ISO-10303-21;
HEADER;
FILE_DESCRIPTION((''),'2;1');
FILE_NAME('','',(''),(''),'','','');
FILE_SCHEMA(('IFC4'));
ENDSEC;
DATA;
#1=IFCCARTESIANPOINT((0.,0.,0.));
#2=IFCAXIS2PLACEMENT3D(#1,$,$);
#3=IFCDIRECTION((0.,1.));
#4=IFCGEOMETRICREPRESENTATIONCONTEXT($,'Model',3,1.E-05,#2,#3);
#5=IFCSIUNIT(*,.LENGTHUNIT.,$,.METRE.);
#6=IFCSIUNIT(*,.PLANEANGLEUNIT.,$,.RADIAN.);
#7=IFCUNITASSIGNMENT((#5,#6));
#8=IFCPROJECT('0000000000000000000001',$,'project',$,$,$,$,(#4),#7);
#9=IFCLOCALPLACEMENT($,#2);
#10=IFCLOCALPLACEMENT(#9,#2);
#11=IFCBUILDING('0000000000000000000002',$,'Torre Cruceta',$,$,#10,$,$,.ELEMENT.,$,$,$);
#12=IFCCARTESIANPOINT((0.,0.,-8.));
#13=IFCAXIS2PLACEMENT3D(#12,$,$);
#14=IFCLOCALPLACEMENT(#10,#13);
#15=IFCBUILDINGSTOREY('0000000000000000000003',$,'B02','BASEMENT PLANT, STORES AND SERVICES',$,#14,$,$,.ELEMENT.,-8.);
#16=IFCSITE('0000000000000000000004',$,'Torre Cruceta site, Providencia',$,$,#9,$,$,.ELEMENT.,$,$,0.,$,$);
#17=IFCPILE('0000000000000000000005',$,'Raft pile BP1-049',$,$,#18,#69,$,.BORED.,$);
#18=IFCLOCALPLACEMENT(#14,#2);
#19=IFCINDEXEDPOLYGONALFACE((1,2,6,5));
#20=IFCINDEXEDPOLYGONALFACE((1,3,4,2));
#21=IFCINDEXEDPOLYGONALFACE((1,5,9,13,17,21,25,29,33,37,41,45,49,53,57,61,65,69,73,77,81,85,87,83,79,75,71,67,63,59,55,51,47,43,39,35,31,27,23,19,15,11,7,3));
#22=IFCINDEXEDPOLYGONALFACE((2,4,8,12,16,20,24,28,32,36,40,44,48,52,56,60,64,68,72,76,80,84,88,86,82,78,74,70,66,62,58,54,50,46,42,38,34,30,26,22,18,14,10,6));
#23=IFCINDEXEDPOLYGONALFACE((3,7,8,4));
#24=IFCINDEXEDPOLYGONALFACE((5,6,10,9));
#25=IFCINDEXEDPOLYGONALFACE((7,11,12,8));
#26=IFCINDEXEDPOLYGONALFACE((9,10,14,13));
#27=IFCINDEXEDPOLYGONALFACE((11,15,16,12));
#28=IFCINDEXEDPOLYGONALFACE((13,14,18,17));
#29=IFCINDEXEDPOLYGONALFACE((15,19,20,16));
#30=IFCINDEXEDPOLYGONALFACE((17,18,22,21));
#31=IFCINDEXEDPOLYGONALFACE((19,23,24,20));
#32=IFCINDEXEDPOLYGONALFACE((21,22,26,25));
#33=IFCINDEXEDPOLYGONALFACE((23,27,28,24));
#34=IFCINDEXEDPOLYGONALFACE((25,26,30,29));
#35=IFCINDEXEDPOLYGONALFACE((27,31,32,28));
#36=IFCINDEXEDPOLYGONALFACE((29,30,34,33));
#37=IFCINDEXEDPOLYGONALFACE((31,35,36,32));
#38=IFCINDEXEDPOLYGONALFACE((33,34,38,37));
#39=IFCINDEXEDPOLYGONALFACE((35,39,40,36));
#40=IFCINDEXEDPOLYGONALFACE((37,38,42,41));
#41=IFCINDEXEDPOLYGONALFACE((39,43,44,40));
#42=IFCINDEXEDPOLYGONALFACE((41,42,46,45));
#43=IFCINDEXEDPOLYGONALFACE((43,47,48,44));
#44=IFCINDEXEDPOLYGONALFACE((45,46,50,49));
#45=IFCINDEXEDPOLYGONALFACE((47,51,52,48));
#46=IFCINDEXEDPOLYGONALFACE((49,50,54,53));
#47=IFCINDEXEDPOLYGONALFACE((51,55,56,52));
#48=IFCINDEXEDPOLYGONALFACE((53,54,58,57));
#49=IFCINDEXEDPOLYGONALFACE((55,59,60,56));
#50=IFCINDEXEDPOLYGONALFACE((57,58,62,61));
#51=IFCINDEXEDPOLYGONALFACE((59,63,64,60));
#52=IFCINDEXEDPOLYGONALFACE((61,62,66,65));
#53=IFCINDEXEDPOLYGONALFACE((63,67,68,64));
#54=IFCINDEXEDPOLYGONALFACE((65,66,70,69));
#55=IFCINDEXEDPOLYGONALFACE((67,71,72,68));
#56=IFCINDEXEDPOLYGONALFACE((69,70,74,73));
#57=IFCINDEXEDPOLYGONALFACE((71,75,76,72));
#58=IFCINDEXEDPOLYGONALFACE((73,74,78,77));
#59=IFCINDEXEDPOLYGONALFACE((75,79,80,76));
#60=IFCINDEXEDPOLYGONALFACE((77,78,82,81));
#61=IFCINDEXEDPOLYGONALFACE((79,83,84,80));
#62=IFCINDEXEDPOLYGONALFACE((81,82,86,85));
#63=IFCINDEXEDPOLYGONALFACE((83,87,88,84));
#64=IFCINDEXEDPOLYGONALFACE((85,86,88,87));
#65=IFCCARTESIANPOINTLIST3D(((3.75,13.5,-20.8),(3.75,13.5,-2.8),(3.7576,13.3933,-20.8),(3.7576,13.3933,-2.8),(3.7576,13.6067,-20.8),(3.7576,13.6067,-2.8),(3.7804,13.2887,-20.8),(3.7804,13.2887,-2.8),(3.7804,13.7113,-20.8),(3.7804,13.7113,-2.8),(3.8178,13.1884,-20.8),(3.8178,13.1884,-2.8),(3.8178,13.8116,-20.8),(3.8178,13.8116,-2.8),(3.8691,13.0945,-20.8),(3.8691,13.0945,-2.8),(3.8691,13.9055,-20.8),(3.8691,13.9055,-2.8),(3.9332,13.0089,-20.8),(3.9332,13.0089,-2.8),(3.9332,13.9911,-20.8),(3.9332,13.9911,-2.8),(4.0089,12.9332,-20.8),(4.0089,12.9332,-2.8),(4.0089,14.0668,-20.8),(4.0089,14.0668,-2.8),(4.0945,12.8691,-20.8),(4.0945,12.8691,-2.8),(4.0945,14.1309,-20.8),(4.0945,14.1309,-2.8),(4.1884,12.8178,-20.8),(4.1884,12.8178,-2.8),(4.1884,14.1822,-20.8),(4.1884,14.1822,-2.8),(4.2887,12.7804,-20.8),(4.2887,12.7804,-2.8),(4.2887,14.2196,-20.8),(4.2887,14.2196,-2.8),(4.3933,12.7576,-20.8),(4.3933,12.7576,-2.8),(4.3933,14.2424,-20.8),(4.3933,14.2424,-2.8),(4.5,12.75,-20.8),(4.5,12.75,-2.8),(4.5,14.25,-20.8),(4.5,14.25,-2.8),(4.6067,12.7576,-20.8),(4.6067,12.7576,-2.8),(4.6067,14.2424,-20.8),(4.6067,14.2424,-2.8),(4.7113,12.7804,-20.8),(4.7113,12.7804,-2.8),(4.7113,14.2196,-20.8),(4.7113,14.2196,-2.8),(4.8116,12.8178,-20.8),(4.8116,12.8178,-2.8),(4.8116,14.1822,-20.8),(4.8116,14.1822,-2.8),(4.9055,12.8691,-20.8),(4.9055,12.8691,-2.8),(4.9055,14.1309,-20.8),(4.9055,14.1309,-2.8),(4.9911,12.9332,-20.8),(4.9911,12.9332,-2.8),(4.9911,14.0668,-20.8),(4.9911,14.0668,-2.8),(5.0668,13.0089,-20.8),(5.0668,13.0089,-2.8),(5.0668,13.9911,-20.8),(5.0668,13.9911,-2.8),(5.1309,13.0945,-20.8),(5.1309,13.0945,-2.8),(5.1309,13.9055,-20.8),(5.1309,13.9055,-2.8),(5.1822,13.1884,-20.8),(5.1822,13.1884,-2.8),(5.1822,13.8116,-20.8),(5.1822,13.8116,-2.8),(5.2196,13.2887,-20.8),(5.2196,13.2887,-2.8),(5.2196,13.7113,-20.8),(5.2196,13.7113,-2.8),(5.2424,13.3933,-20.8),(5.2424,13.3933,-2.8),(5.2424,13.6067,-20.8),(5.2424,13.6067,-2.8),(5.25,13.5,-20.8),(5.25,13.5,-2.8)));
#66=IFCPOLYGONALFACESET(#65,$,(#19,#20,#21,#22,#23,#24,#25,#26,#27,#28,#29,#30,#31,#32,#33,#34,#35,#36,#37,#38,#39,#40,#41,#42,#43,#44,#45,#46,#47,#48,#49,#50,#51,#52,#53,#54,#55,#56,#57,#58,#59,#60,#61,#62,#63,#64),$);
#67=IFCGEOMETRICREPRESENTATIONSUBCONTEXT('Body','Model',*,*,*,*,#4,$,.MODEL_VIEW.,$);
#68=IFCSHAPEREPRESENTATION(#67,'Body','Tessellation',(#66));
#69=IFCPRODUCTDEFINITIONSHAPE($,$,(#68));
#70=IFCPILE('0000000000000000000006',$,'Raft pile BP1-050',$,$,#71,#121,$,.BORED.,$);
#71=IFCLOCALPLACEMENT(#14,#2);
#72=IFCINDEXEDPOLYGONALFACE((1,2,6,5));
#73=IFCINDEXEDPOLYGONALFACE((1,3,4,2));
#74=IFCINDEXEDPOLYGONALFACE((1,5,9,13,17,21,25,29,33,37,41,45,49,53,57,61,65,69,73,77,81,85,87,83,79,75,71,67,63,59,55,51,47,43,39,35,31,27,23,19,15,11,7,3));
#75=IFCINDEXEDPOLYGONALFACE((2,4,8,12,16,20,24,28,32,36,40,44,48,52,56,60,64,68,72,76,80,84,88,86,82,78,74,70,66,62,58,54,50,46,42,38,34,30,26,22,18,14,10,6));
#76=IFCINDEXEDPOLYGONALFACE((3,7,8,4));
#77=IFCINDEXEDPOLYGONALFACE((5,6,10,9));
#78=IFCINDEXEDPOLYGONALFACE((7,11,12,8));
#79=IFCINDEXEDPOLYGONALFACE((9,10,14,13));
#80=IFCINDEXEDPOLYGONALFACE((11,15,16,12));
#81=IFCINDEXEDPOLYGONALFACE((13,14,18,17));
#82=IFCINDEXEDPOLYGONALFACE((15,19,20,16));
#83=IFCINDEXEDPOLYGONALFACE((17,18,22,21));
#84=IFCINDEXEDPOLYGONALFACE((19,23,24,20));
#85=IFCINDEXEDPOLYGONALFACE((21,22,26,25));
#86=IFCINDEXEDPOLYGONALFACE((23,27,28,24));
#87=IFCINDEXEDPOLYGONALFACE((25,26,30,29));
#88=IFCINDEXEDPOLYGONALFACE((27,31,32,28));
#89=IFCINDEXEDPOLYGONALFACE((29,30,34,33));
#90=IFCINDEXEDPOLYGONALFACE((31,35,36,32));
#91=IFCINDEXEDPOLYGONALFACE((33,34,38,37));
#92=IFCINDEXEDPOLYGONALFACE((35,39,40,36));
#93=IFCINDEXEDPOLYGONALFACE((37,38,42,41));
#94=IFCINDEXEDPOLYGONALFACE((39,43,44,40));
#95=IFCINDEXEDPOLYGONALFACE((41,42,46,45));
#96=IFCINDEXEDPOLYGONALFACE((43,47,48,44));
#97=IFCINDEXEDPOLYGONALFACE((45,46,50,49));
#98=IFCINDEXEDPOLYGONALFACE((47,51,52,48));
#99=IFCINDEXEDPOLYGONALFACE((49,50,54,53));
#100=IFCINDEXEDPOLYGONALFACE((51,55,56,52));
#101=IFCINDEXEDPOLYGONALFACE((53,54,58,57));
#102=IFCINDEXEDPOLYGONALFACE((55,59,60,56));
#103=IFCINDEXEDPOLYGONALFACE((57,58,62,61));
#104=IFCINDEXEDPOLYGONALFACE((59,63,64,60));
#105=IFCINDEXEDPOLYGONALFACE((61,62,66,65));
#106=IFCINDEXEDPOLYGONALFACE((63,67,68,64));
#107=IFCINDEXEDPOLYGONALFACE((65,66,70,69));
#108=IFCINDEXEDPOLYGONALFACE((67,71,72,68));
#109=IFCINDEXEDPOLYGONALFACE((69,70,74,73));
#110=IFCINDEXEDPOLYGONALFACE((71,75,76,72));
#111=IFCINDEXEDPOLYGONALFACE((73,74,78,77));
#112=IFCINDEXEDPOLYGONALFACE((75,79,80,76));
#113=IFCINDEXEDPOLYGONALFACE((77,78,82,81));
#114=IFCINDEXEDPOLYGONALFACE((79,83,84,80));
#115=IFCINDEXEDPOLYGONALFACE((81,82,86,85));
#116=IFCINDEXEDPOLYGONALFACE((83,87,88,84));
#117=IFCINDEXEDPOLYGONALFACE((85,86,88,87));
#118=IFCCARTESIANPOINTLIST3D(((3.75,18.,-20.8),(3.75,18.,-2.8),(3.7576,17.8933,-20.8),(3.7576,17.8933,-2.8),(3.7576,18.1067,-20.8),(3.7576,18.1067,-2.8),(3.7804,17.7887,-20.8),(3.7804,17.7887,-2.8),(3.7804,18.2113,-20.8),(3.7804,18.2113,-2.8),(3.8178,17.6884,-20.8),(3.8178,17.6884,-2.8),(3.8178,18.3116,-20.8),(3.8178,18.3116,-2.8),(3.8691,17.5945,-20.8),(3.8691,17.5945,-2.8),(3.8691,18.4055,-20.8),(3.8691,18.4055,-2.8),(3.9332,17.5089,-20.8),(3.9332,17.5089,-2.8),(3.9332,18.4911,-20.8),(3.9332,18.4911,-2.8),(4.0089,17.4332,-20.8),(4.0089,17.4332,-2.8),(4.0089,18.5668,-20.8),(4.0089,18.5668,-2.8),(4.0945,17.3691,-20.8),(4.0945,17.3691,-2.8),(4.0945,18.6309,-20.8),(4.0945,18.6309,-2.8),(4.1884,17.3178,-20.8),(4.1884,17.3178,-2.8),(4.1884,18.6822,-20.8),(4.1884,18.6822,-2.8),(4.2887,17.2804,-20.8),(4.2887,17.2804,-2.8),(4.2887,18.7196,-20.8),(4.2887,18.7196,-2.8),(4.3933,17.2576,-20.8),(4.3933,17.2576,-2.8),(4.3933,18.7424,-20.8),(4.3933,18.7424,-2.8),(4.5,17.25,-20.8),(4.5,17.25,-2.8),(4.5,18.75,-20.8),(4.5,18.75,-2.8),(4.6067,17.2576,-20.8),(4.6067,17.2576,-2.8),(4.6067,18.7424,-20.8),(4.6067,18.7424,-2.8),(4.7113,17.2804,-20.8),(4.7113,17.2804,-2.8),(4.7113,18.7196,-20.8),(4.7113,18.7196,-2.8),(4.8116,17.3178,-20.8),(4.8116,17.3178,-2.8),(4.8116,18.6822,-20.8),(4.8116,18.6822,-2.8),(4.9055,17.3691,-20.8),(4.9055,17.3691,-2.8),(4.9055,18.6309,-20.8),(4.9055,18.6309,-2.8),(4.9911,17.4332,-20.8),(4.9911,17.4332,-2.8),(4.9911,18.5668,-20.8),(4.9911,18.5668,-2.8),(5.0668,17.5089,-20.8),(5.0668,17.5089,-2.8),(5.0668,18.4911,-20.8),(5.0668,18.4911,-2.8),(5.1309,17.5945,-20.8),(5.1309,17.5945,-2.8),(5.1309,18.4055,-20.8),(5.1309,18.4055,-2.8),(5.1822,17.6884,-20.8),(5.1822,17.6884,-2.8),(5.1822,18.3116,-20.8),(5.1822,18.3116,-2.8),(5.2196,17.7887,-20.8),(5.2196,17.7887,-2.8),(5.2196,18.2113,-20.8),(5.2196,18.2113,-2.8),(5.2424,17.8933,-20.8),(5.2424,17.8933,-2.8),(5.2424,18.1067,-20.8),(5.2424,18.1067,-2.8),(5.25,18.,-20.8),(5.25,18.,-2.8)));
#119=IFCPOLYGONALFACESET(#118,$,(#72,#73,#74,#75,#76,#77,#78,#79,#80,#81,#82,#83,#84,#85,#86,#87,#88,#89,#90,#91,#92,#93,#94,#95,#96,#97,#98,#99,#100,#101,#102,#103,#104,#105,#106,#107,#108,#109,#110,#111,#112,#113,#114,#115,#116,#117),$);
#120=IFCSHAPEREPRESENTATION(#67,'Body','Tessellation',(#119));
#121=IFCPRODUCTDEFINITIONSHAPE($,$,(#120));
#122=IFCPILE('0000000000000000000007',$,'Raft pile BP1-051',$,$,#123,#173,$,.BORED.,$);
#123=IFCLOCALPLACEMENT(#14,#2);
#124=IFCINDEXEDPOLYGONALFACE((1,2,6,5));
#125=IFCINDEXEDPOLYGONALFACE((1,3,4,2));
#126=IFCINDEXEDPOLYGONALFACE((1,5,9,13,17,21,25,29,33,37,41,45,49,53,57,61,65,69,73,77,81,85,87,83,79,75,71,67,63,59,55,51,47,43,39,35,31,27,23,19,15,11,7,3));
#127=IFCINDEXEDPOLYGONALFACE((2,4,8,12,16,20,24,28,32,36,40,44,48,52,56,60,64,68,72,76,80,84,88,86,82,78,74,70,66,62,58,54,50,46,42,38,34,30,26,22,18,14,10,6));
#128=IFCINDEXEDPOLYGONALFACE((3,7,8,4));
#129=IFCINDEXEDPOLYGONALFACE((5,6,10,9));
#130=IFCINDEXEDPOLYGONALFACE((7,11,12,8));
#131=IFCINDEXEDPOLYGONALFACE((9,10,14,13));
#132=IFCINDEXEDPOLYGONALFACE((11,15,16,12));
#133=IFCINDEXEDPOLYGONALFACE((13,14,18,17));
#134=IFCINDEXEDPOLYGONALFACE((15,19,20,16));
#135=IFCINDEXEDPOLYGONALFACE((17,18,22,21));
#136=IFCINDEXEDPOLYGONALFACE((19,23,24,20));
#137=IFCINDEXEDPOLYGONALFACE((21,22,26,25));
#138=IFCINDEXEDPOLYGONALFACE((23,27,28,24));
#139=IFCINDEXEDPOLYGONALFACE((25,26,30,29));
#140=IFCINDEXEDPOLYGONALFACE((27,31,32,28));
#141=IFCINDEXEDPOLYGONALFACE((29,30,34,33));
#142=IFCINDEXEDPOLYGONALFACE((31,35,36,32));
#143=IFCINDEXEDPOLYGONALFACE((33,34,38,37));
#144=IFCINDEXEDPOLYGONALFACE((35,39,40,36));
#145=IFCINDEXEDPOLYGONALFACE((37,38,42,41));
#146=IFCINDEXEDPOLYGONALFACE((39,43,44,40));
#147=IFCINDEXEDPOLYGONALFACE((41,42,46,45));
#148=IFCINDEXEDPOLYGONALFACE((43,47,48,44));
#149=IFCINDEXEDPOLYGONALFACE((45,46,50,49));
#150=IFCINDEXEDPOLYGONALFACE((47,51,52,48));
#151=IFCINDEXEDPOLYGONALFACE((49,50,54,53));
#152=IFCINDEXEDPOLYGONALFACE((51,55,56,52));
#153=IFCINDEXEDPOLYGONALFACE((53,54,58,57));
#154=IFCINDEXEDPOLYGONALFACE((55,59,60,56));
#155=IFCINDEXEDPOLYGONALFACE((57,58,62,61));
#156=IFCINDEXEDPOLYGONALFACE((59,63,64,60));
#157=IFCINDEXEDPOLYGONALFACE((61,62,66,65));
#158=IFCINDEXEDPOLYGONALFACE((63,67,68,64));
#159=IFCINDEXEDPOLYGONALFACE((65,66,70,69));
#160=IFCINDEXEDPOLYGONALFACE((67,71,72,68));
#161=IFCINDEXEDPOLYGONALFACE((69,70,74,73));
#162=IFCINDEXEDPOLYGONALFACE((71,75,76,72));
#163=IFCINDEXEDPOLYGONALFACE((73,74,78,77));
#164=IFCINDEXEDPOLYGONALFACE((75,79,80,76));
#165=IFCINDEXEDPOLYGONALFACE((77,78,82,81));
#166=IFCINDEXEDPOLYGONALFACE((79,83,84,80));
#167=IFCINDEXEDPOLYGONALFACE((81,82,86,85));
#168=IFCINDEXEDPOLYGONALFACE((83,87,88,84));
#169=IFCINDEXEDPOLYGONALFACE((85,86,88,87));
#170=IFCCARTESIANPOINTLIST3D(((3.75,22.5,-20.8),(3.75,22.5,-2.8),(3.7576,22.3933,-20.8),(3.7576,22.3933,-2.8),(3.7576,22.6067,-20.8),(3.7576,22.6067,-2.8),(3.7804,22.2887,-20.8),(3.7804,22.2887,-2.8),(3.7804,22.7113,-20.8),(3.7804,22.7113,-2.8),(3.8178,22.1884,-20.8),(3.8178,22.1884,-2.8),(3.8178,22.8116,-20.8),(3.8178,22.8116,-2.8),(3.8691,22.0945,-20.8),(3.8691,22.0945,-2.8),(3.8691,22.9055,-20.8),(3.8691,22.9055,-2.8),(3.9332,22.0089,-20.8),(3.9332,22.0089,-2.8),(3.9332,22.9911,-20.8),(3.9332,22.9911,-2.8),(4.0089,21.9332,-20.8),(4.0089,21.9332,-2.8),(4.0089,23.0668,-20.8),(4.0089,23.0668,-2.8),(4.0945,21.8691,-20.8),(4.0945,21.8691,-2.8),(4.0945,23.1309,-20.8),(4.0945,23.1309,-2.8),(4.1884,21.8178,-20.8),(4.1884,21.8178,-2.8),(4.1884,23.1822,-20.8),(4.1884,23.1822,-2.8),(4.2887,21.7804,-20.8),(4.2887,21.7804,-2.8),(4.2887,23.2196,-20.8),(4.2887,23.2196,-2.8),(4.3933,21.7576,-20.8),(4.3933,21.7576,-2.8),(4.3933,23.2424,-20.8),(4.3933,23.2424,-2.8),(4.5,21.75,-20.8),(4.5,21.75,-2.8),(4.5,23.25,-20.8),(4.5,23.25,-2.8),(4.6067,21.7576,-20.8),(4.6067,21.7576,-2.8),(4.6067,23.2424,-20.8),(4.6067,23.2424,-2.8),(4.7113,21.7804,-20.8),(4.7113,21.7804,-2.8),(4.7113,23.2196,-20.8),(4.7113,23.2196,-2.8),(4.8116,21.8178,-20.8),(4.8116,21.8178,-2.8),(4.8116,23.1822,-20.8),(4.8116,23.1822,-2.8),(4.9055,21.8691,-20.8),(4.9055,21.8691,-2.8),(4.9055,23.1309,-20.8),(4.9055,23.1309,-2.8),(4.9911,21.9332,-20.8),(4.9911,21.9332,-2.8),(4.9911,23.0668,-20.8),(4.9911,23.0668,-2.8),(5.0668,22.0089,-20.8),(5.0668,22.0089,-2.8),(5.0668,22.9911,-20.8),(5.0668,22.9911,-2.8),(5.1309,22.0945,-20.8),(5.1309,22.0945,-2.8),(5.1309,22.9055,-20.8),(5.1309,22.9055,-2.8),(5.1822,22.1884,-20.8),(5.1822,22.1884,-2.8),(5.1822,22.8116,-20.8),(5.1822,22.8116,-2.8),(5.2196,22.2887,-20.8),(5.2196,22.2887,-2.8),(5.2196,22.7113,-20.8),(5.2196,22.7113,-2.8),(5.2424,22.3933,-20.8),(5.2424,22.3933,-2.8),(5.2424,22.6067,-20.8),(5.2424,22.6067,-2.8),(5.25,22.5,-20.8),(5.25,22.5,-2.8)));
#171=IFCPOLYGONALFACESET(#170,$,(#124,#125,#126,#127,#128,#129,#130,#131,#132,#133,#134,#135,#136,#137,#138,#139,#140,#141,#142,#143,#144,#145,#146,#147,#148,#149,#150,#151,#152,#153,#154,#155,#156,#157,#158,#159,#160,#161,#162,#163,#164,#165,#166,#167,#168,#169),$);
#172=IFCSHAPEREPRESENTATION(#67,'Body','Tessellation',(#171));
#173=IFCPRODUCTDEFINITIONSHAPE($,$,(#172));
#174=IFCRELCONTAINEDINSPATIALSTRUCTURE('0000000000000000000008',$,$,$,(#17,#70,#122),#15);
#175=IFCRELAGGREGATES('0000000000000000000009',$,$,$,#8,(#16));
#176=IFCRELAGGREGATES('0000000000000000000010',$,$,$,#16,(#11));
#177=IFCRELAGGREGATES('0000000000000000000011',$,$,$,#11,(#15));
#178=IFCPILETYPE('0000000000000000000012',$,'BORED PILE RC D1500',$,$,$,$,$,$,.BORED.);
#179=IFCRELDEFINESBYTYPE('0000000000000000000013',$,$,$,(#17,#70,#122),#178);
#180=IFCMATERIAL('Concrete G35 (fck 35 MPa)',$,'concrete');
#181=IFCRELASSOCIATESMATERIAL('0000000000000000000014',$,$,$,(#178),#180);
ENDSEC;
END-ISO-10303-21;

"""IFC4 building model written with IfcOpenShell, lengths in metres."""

from ifc_helpers import new_model, si_unit, direction, frame, origin, origin_2d, place, context, subcontext, project, spatial, circle, extrude, material, material_profile, profile_set, type_object, element, save


model = new_model("IFC4")

# Units and contexts
model_context = context("Model", 3, precision=1e-05, world=origin(), true_north=direction((0.0, 1.0)))
body_context = subcontext(model_context, "Body", "Model", "MODEL_VIEW")
ifc_project = project(units=[si_unit("LENGTHUNIT", "METRE"), si_unit("PLANEANGLEUNIT", "RADIAN")], contexts=[model_context])

# Site, building, storey
site_placement = place(None, origin())
site = spatial("IfcSite", under=ifc_project, at=site_placement, Name="Torre Cruceta site, Providencia", CompositionType="ELEMENT", RefElevation=0.0)
building_placement = place(site_placement, origin())
building = spatial("IfcBuilding", under=site, at=building_placement, Name="Torre Cruceta", CompositionType="ELEMENT")
storey_placement = place(building_placement, frame((0.0, 0.0, -8.0)))
storey = spatial("IfcBuildingStorey", under=building, at=storey_placement, Name="B02", Description="BASEMENT PLANT, STORES AND SERVICES", CompositionType="ELEMENT", Elevation=-8.0)

# Piles
ifc_material_1 = material(Name="Concrete G35 (fck 35 MPa)", Category="concrete")
ifc_material_profile_1 = material_profile(ifc_material_1, circle(Radius=0.75, at=origin_2d()), Name="RC D1500")
ifc_profile_set_1 = profile_set([ifc_material_profile_1], Name="Concrete G35 (fck 35 MPa)")
pile_type_1 = type_object("IfcPileType", Name="BORED PILE RC D1500", PredefinedType="BORED", material=ifc_profile_set_1)
for number, where, z_axis, x_axis, name in (
    (1, (4.5, 13.5, -2.8), (0.0, 0.0, -1.0), (1.0, 0.0, 0.0), "Raft pile BP1-049"),
    (2, (4.5, 18.0, -2.8), (0.0, 0.0, -1.0), (1.0, 0.0, 0.0), "Raft pile BP1-050"),
    (3, (4.5, 22.5, -2.8), (0.0, 0.0, -1.0), (1.0, 0.0, 0.0), "Raft pile BP1-051"),
):
    element("IfcPile", number, at=place(storey_placement, frame(where, z_axis=z_axis, x_axis=x_axis)), inside=storey, type_object=pile_type_1, Name=name, PredefinedType="BORED", context=body_context, shape_type="SweptSolid", body=[
        extrude(circle(Radius=0.75, at=origin_2d()), origin(), (0.0, 0.0, 1.0), 18.0),
    ])

save(model, "model.ifc")
